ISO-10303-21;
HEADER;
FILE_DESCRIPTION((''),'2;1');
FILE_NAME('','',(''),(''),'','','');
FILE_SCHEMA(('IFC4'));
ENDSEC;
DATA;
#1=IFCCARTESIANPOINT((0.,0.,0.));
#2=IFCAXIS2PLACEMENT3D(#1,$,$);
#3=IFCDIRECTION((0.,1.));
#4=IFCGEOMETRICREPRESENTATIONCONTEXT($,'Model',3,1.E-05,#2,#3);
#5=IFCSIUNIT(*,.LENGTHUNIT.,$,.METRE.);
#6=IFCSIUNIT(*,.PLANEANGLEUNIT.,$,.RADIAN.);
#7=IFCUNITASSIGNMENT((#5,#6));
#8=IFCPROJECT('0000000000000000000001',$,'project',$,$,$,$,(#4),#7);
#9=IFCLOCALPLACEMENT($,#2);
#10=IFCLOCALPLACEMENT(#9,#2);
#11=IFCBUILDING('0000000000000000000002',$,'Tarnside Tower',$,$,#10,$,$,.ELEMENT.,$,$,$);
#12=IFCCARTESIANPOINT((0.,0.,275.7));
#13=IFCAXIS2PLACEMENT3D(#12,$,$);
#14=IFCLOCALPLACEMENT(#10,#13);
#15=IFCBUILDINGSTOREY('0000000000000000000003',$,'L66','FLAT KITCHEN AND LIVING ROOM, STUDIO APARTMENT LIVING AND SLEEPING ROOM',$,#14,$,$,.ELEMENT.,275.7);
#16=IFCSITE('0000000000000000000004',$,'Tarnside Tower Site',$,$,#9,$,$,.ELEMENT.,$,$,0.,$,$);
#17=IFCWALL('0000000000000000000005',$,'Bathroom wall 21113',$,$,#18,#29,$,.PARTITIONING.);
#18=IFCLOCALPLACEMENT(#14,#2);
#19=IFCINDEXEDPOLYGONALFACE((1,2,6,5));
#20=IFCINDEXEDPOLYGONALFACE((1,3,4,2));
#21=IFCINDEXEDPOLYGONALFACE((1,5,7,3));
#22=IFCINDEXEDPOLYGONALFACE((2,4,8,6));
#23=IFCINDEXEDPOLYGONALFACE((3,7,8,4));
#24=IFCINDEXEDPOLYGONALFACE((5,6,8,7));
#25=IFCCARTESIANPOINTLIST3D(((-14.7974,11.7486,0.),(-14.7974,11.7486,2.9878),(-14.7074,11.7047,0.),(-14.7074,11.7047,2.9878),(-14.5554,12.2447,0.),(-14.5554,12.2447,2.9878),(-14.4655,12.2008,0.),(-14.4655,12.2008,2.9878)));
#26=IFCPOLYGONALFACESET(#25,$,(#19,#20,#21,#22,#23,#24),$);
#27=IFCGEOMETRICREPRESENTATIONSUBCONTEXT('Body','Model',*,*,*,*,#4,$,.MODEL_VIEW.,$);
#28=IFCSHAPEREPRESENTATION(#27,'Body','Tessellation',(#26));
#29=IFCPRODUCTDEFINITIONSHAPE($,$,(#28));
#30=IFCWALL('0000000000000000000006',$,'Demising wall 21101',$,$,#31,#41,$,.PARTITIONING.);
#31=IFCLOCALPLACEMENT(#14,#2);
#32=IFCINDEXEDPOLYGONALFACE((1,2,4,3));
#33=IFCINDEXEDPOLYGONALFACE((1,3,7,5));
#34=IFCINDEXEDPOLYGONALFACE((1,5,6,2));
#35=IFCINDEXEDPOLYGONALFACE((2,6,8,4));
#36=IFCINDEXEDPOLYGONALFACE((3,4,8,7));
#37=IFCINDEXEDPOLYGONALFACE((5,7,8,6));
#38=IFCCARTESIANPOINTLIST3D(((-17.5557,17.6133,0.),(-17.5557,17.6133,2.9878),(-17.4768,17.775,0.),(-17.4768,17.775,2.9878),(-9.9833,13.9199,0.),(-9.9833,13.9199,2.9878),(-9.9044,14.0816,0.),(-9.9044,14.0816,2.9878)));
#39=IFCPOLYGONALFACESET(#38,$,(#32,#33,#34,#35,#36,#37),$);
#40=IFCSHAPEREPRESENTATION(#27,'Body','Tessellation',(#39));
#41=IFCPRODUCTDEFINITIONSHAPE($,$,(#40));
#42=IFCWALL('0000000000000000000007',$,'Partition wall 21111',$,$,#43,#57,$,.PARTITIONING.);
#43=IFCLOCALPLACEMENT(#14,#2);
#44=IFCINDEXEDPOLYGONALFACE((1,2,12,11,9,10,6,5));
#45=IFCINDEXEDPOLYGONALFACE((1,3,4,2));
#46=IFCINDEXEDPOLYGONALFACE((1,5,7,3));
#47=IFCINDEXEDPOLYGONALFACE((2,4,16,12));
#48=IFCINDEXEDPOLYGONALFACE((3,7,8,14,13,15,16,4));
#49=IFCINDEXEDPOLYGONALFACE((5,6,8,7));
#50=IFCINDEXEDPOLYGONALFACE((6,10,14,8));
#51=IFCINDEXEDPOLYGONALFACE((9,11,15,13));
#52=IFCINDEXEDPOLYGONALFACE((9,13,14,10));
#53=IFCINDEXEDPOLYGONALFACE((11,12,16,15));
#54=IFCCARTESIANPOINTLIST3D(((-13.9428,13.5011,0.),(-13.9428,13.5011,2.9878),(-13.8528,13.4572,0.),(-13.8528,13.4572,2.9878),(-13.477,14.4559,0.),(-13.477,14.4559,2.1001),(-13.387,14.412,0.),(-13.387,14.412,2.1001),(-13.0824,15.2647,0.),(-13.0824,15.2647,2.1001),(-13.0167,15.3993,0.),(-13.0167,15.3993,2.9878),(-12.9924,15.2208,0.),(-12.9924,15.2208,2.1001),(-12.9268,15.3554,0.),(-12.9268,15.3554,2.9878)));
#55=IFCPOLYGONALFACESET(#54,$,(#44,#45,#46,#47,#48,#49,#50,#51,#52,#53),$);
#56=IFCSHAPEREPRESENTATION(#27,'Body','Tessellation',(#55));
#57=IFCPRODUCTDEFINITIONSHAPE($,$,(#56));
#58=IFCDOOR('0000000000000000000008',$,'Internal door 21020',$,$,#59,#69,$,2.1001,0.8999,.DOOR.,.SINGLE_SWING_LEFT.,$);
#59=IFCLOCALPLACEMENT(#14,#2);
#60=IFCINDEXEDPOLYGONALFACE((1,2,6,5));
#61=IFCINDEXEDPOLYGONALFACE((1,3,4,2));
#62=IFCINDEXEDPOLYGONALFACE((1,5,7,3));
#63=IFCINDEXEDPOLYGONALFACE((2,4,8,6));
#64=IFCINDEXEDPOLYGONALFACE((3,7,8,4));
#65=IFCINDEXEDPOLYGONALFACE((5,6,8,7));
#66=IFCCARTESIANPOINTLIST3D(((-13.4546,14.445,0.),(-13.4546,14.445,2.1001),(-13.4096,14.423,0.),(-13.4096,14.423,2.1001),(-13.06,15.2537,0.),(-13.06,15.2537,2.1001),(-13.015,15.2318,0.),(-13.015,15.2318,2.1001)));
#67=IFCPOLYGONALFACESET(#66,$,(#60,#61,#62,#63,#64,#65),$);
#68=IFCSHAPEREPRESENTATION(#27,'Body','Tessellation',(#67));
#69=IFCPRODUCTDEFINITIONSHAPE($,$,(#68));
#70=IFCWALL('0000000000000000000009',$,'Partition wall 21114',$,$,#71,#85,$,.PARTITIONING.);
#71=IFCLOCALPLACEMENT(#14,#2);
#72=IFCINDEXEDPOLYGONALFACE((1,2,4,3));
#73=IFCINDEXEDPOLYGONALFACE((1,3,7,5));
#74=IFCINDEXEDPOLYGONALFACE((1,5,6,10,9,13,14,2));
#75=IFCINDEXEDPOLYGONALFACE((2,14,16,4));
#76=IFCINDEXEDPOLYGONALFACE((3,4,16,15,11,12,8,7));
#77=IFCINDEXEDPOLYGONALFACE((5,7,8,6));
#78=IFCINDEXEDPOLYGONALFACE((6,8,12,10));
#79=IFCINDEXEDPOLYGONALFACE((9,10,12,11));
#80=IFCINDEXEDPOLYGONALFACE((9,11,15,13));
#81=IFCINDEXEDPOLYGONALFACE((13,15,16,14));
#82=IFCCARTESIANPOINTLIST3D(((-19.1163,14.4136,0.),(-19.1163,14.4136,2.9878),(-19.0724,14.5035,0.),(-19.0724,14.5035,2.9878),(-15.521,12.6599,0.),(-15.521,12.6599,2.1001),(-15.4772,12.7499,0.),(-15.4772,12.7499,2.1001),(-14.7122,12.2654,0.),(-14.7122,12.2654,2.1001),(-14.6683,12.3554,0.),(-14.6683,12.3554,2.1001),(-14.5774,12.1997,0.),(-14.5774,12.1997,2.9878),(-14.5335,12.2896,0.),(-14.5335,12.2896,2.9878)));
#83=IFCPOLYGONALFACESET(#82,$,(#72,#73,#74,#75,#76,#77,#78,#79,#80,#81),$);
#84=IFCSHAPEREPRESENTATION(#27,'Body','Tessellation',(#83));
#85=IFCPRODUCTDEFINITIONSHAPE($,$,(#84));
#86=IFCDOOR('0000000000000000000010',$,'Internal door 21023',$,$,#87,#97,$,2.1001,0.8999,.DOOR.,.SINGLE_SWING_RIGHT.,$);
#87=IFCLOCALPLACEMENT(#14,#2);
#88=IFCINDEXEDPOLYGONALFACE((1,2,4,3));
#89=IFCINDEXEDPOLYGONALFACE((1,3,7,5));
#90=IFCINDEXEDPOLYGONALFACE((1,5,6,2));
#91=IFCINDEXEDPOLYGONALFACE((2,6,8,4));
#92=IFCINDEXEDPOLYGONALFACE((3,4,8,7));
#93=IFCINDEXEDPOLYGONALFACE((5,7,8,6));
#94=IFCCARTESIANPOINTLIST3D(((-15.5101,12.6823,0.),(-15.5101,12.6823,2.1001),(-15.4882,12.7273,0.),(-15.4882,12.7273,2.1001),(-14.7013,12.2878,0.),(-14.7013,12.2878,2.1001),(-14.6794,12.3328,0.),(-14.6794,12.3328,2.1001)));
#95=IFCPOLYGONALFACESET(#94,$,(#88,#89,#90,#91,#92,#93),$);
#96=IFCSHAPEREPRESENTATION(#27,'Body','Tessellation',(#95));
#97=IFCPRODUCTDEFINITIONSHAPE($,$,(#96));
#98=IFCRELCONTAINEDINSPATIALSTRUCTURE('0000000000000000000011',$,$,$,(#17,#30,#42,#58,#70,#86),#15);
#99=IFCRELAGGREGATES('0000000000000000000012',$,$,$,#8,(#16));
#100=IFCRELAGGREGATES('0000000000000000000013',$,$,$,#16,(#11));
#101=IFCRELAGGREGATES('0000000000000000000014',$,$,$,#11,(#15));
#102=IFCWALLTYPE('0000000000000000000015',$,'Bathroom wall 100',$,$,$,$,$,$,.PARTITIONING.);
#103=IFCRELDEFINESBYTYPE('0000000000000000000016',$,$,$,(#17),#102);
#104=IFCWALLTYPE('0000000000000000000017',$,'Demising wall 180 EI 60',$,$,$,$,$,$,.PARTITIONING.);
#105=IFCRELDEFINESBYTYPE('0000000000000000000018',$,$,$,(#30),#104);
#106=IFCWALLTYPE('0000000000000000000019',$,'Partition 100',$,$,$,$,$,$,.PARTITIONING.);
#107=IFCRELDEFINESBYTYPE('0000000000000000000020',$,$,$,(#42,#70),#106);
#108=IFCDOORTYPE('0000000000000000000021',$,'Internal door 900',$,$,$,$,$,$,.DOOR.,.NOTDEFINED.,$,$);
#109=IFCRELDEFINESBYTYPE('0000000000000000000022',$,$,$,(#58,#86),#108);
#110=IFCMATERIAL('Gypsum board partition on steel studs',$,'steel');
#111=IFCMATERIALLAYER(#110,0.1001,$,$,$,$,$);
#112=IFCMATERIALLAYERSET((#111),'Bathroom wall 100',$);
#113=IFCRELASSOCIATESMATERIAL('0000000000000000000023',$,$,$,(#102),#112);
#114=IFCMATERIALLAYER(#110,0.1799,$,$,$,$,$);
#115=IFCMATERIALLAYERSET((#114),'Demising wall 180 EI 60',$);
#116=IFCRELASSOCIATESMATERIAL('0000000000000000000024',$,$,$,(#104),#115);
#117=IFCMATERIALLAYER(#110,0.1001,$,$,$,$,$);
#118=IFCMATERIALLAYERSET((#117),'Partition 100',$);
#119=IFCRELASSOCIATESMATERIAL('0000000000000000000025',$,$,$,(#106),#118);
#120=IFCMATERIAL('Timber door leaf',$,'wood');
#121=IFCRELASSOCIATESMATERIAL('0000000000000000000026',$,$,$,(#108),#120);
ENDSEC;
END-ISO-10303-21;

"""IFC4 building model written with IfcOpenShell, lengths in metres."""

from ifc_helpers import new_model, si_unit, direction, frame, frame_2d, origin, place, context, subcontext, project, spatial, rectangle, extrude, material, layer, layer_set, type_object, element, fill, save


model = new_model("IFC4")

# Units and contexts
model_context = context("Model", 3, precision=1e-05, world=origin(), true_north=direction((0.0, 1.0)))
body_context = subcontext(model_context, "Body", "Model", "MODEL_VIEW")
ifc_project = project(units=[si_unit("LENGTHUNIT", "METRE"), si_unit("PLANEANGLEUNIT", "RADIAN")], contexts=[model_context])

# Site, building, storey
site_placement = place(None, origin())
site = spatial("IfcSite", under=ifc_project, at=site_placement, Name="Tarnside Tower Site", CompositionType="ELEMENT", RefElevation=0.0)
building_placement = place(site_placement, origin())
building = spatial("IfcBuilding", under=site, at=building_placement, Name="Tarnside Tower", CompositionType="ELEMENT")
storey_placement = place(building_placement, frame((0.0, 0.0, 275.7)))
storey = spatial("IfcBuildingStorey", under=building, at=storey_placement, Name="L66", Description="FLAT KITCHEN AND LIVING ROOM, STUDIO APARTMENT LIVING AND SLEEPING ROOM", CompositionType="ELEMENT", Elevation=275.7)

# Shared definitions
ifc_material_1 = material(Name="Gypsum board partition on steel studs", Category="steel")
ifc_layer_1 = layer(ifc_material_1, 0.1001)
ifc_layer_set_1 = layer_set([ifc_layer_1], Name="Bathroom wall 100")
wall_type_1 = type_object("IfcWallType", Name="Bathroom wall 100", PredefinedType="PARTITIONING", material=ifc_layer_set_1)
ifc_material_2 = material(Name="Timber door leaf", Category="wood")

# Walls
wall_1_placement = place(storey_placement, frame((-14.5105, 12.2227, 0.0), z_axis=(0.0, 0.0, 1.0), x_axis=(-0.438345, -0.898807, 0.0)))
element("IfcWall", 1, at=wall_1_placement, inside=storey, type_object=wall_type_1, Name="Bathroom wall 21113", PredefinedType="PARTITIONING", context=body_context, shape_type="SweptSolid", body=[
    extrude(rectangle(XDim=0.552, YDim=0.1001, at=frame_2d((0.2759, 0.0))), origin(), (0.0, 0.0, 1.0), 2.9878),
])
ifc_layer_2 = layer(ifc_material_1, 0.1799)
ifc_layer_set_2 = layer_set([ifc_layer_2], Name="Demising wall 180 EI 60")
wall_type_2 = type_object("IfcWallType", Name="Demising wall 180 EI 60", PredefinedType="PARTITIONING", material=ifc_layer_set_2)
wall_2_placement = place(storey_placement, frame((-17.5161, 17.6941, 0.0), z_axis=(0.0, 0.0, 1.0), x_axis=(0.898788, -0.438383, 0.0)))
element("IfcWall", 2, at=wall_2_placement, inside=storey, type_object=wall_type_2, Name="Demising wall 21101", PredefinedType="PARTITIONING", context=body_context, shape_type="SweptSolid", body=[
    extrude(rectangle(XDim=8.425, YDim=0.1799, at=frame_2d((4.2124, 0.0))), origin(), (0.0, 0.0, 1.0), 2.9878),
])

# Walls, openings, doors
ifc_layer_3 = layer(ifc_material_1, 0.1001)
ifc_layer_set_3 = layer_set([ifc_layer_3], Name="Partition 100")
wall_type_3 = type_object("IfcWallType", Name="Partition 100", PredefinedType="PARTITIONING", material=ifc_layer_set_3)
wall_3_placement = place(storey_placement, frame((-12.9717, 15.3774, 0.0), z_axis=(0.0, 0.0, 1.0), x_axis=(-0.438453, -0.898754, 0.0)))
wall_3 = element("IfcWall", 3, at=wall_3_placement, inside=storey, type_object=wall_type_3, Name="Partition wall 21111", PredefinedType="PARTITIONING", context=body_context, shape_type="SweptSolid", body=[
    extrude(rectangle(XDim=2.1121, YDim=0.1001, at=frame_2d((1.0562, 0.0))), origin(), (0.0, 0.0, 1.0), 2.9878),
])
opening_1_placement = place(wall_3_placement, frame((0.1499, 0.0, 0.0)))
opening_1 = element("IfcOpeningElement", 4, at=opening_1_placement, cuts=wall_3, PredefinedType="OPENING", context=body_context, shape_type="SweptSolid", body=[
    extrude(rectangle(XDim=0.8999, YDim=2.1001, at=frame_2d((0.45, 1.05))), frame((0.0, 0.0601, 0.0), z_axis=(0.0, -1.0, 0.0), x_axis=(1.0, 0.0, 0.0)), (0.0, 0.0, 1.0), 0.1201),
])
door_type_1 = type_object("IfcDoorType", Name="Internal door 900", OperationType="NOTDEFINED", PredefinedType="DOOR", material=ifc_material_2)
door_1_placement = place(opening_1_placement, origin())
door_1 = element("IfcDoor", 5, at=door_1_placement, inside=storey, type_object=door_type_1, Name="Internal door 21020", OperationType="SINGLE_SWING_LEFT", OverallHeight=2.1001, OverallWidth=0.8999, PredefinedType="DOOR", context=body_context, shape_type="SweptSolid", body=[
    extrude(rectangle(XDim=0.8999, YDim=2.1001, at=frame_2d((0.45, 1.05))), frame((0.0, 0.0249, 0.0), z_axis=(0.0, -1.0, 0.0), x_axis=(1.0, 0.0, 0.0)), (0.0, 0.0, 1.0), 0.05),
])
fill(opening_1, door_1)
wall_4_placement = place(storey_placement, frame((-19.0942, 14.4585, 0.0), z_axis=(0.0, 0.0, 1.0), x_axis=(0.898783, -0.438393, 0.0)))
wall_4 = element("IfcWall", 6, at=wall_4_placement, inside=storey, type_object=wall_type_3, Name="Partition wall 21114", PredefinedType="PARTITIONING", context=body_context, shape_type="SweptSolid", body=[
    extrude(rectangle(XDim=5.05, YDim=0.1001, at=frame_2d((2.5249, 0.0))), origin(), (0.0, 0.0, 1.0), 2.9878),
])
opening_2_placement = place(wall_4_placement, frame((4.0, 0.0, 0.0)))
opening_2 = element("IfcOpeningElement", 7, at=opening_2_placement, cuts=wall_4, PredefinedType="OPENING", context=body_context, shape_type="SweptSolid", body=[
    extrude(rectangle(XDim=0.8999, YDim=2.1001, at=frame_2d((0.45, 1.05))), frame((0.0, 0.0601, 0.0), z_axis=(0.0, -1.0, 0.0), x_axis=(1.0, 0.0, 0.0)), (0.0, 0.0, 1.0), 0.1201),
])
door_2_placement = place(opening_2_placement, origin())
door_2 = element("IfcDoor", 8, at=door_2_placement, inside=storey, type_object=door_type_1, Name="Internal door 21023", OperationType="SINGLE_SWING_RIGHT", OverallHeight=2.1001, OverallWidth=0.8999, PredefinedType="DOOR", context=body_context, shape_type="SweptSolid", body=[
    extrude(rectangle(XDim=0.8999, YDim=2.1001, at=frame_2d((0.45, 1.05))), frame((0.0, 0.0249, 0.0), z_axis=(0.0, -1.0, 0.0), x_axis=(1.0, 0.0, 0.0)), (0.0, 0.0, 1.0), 0.05),
])
fill(opening_2, door_2)

save(model, "model.ifc")
